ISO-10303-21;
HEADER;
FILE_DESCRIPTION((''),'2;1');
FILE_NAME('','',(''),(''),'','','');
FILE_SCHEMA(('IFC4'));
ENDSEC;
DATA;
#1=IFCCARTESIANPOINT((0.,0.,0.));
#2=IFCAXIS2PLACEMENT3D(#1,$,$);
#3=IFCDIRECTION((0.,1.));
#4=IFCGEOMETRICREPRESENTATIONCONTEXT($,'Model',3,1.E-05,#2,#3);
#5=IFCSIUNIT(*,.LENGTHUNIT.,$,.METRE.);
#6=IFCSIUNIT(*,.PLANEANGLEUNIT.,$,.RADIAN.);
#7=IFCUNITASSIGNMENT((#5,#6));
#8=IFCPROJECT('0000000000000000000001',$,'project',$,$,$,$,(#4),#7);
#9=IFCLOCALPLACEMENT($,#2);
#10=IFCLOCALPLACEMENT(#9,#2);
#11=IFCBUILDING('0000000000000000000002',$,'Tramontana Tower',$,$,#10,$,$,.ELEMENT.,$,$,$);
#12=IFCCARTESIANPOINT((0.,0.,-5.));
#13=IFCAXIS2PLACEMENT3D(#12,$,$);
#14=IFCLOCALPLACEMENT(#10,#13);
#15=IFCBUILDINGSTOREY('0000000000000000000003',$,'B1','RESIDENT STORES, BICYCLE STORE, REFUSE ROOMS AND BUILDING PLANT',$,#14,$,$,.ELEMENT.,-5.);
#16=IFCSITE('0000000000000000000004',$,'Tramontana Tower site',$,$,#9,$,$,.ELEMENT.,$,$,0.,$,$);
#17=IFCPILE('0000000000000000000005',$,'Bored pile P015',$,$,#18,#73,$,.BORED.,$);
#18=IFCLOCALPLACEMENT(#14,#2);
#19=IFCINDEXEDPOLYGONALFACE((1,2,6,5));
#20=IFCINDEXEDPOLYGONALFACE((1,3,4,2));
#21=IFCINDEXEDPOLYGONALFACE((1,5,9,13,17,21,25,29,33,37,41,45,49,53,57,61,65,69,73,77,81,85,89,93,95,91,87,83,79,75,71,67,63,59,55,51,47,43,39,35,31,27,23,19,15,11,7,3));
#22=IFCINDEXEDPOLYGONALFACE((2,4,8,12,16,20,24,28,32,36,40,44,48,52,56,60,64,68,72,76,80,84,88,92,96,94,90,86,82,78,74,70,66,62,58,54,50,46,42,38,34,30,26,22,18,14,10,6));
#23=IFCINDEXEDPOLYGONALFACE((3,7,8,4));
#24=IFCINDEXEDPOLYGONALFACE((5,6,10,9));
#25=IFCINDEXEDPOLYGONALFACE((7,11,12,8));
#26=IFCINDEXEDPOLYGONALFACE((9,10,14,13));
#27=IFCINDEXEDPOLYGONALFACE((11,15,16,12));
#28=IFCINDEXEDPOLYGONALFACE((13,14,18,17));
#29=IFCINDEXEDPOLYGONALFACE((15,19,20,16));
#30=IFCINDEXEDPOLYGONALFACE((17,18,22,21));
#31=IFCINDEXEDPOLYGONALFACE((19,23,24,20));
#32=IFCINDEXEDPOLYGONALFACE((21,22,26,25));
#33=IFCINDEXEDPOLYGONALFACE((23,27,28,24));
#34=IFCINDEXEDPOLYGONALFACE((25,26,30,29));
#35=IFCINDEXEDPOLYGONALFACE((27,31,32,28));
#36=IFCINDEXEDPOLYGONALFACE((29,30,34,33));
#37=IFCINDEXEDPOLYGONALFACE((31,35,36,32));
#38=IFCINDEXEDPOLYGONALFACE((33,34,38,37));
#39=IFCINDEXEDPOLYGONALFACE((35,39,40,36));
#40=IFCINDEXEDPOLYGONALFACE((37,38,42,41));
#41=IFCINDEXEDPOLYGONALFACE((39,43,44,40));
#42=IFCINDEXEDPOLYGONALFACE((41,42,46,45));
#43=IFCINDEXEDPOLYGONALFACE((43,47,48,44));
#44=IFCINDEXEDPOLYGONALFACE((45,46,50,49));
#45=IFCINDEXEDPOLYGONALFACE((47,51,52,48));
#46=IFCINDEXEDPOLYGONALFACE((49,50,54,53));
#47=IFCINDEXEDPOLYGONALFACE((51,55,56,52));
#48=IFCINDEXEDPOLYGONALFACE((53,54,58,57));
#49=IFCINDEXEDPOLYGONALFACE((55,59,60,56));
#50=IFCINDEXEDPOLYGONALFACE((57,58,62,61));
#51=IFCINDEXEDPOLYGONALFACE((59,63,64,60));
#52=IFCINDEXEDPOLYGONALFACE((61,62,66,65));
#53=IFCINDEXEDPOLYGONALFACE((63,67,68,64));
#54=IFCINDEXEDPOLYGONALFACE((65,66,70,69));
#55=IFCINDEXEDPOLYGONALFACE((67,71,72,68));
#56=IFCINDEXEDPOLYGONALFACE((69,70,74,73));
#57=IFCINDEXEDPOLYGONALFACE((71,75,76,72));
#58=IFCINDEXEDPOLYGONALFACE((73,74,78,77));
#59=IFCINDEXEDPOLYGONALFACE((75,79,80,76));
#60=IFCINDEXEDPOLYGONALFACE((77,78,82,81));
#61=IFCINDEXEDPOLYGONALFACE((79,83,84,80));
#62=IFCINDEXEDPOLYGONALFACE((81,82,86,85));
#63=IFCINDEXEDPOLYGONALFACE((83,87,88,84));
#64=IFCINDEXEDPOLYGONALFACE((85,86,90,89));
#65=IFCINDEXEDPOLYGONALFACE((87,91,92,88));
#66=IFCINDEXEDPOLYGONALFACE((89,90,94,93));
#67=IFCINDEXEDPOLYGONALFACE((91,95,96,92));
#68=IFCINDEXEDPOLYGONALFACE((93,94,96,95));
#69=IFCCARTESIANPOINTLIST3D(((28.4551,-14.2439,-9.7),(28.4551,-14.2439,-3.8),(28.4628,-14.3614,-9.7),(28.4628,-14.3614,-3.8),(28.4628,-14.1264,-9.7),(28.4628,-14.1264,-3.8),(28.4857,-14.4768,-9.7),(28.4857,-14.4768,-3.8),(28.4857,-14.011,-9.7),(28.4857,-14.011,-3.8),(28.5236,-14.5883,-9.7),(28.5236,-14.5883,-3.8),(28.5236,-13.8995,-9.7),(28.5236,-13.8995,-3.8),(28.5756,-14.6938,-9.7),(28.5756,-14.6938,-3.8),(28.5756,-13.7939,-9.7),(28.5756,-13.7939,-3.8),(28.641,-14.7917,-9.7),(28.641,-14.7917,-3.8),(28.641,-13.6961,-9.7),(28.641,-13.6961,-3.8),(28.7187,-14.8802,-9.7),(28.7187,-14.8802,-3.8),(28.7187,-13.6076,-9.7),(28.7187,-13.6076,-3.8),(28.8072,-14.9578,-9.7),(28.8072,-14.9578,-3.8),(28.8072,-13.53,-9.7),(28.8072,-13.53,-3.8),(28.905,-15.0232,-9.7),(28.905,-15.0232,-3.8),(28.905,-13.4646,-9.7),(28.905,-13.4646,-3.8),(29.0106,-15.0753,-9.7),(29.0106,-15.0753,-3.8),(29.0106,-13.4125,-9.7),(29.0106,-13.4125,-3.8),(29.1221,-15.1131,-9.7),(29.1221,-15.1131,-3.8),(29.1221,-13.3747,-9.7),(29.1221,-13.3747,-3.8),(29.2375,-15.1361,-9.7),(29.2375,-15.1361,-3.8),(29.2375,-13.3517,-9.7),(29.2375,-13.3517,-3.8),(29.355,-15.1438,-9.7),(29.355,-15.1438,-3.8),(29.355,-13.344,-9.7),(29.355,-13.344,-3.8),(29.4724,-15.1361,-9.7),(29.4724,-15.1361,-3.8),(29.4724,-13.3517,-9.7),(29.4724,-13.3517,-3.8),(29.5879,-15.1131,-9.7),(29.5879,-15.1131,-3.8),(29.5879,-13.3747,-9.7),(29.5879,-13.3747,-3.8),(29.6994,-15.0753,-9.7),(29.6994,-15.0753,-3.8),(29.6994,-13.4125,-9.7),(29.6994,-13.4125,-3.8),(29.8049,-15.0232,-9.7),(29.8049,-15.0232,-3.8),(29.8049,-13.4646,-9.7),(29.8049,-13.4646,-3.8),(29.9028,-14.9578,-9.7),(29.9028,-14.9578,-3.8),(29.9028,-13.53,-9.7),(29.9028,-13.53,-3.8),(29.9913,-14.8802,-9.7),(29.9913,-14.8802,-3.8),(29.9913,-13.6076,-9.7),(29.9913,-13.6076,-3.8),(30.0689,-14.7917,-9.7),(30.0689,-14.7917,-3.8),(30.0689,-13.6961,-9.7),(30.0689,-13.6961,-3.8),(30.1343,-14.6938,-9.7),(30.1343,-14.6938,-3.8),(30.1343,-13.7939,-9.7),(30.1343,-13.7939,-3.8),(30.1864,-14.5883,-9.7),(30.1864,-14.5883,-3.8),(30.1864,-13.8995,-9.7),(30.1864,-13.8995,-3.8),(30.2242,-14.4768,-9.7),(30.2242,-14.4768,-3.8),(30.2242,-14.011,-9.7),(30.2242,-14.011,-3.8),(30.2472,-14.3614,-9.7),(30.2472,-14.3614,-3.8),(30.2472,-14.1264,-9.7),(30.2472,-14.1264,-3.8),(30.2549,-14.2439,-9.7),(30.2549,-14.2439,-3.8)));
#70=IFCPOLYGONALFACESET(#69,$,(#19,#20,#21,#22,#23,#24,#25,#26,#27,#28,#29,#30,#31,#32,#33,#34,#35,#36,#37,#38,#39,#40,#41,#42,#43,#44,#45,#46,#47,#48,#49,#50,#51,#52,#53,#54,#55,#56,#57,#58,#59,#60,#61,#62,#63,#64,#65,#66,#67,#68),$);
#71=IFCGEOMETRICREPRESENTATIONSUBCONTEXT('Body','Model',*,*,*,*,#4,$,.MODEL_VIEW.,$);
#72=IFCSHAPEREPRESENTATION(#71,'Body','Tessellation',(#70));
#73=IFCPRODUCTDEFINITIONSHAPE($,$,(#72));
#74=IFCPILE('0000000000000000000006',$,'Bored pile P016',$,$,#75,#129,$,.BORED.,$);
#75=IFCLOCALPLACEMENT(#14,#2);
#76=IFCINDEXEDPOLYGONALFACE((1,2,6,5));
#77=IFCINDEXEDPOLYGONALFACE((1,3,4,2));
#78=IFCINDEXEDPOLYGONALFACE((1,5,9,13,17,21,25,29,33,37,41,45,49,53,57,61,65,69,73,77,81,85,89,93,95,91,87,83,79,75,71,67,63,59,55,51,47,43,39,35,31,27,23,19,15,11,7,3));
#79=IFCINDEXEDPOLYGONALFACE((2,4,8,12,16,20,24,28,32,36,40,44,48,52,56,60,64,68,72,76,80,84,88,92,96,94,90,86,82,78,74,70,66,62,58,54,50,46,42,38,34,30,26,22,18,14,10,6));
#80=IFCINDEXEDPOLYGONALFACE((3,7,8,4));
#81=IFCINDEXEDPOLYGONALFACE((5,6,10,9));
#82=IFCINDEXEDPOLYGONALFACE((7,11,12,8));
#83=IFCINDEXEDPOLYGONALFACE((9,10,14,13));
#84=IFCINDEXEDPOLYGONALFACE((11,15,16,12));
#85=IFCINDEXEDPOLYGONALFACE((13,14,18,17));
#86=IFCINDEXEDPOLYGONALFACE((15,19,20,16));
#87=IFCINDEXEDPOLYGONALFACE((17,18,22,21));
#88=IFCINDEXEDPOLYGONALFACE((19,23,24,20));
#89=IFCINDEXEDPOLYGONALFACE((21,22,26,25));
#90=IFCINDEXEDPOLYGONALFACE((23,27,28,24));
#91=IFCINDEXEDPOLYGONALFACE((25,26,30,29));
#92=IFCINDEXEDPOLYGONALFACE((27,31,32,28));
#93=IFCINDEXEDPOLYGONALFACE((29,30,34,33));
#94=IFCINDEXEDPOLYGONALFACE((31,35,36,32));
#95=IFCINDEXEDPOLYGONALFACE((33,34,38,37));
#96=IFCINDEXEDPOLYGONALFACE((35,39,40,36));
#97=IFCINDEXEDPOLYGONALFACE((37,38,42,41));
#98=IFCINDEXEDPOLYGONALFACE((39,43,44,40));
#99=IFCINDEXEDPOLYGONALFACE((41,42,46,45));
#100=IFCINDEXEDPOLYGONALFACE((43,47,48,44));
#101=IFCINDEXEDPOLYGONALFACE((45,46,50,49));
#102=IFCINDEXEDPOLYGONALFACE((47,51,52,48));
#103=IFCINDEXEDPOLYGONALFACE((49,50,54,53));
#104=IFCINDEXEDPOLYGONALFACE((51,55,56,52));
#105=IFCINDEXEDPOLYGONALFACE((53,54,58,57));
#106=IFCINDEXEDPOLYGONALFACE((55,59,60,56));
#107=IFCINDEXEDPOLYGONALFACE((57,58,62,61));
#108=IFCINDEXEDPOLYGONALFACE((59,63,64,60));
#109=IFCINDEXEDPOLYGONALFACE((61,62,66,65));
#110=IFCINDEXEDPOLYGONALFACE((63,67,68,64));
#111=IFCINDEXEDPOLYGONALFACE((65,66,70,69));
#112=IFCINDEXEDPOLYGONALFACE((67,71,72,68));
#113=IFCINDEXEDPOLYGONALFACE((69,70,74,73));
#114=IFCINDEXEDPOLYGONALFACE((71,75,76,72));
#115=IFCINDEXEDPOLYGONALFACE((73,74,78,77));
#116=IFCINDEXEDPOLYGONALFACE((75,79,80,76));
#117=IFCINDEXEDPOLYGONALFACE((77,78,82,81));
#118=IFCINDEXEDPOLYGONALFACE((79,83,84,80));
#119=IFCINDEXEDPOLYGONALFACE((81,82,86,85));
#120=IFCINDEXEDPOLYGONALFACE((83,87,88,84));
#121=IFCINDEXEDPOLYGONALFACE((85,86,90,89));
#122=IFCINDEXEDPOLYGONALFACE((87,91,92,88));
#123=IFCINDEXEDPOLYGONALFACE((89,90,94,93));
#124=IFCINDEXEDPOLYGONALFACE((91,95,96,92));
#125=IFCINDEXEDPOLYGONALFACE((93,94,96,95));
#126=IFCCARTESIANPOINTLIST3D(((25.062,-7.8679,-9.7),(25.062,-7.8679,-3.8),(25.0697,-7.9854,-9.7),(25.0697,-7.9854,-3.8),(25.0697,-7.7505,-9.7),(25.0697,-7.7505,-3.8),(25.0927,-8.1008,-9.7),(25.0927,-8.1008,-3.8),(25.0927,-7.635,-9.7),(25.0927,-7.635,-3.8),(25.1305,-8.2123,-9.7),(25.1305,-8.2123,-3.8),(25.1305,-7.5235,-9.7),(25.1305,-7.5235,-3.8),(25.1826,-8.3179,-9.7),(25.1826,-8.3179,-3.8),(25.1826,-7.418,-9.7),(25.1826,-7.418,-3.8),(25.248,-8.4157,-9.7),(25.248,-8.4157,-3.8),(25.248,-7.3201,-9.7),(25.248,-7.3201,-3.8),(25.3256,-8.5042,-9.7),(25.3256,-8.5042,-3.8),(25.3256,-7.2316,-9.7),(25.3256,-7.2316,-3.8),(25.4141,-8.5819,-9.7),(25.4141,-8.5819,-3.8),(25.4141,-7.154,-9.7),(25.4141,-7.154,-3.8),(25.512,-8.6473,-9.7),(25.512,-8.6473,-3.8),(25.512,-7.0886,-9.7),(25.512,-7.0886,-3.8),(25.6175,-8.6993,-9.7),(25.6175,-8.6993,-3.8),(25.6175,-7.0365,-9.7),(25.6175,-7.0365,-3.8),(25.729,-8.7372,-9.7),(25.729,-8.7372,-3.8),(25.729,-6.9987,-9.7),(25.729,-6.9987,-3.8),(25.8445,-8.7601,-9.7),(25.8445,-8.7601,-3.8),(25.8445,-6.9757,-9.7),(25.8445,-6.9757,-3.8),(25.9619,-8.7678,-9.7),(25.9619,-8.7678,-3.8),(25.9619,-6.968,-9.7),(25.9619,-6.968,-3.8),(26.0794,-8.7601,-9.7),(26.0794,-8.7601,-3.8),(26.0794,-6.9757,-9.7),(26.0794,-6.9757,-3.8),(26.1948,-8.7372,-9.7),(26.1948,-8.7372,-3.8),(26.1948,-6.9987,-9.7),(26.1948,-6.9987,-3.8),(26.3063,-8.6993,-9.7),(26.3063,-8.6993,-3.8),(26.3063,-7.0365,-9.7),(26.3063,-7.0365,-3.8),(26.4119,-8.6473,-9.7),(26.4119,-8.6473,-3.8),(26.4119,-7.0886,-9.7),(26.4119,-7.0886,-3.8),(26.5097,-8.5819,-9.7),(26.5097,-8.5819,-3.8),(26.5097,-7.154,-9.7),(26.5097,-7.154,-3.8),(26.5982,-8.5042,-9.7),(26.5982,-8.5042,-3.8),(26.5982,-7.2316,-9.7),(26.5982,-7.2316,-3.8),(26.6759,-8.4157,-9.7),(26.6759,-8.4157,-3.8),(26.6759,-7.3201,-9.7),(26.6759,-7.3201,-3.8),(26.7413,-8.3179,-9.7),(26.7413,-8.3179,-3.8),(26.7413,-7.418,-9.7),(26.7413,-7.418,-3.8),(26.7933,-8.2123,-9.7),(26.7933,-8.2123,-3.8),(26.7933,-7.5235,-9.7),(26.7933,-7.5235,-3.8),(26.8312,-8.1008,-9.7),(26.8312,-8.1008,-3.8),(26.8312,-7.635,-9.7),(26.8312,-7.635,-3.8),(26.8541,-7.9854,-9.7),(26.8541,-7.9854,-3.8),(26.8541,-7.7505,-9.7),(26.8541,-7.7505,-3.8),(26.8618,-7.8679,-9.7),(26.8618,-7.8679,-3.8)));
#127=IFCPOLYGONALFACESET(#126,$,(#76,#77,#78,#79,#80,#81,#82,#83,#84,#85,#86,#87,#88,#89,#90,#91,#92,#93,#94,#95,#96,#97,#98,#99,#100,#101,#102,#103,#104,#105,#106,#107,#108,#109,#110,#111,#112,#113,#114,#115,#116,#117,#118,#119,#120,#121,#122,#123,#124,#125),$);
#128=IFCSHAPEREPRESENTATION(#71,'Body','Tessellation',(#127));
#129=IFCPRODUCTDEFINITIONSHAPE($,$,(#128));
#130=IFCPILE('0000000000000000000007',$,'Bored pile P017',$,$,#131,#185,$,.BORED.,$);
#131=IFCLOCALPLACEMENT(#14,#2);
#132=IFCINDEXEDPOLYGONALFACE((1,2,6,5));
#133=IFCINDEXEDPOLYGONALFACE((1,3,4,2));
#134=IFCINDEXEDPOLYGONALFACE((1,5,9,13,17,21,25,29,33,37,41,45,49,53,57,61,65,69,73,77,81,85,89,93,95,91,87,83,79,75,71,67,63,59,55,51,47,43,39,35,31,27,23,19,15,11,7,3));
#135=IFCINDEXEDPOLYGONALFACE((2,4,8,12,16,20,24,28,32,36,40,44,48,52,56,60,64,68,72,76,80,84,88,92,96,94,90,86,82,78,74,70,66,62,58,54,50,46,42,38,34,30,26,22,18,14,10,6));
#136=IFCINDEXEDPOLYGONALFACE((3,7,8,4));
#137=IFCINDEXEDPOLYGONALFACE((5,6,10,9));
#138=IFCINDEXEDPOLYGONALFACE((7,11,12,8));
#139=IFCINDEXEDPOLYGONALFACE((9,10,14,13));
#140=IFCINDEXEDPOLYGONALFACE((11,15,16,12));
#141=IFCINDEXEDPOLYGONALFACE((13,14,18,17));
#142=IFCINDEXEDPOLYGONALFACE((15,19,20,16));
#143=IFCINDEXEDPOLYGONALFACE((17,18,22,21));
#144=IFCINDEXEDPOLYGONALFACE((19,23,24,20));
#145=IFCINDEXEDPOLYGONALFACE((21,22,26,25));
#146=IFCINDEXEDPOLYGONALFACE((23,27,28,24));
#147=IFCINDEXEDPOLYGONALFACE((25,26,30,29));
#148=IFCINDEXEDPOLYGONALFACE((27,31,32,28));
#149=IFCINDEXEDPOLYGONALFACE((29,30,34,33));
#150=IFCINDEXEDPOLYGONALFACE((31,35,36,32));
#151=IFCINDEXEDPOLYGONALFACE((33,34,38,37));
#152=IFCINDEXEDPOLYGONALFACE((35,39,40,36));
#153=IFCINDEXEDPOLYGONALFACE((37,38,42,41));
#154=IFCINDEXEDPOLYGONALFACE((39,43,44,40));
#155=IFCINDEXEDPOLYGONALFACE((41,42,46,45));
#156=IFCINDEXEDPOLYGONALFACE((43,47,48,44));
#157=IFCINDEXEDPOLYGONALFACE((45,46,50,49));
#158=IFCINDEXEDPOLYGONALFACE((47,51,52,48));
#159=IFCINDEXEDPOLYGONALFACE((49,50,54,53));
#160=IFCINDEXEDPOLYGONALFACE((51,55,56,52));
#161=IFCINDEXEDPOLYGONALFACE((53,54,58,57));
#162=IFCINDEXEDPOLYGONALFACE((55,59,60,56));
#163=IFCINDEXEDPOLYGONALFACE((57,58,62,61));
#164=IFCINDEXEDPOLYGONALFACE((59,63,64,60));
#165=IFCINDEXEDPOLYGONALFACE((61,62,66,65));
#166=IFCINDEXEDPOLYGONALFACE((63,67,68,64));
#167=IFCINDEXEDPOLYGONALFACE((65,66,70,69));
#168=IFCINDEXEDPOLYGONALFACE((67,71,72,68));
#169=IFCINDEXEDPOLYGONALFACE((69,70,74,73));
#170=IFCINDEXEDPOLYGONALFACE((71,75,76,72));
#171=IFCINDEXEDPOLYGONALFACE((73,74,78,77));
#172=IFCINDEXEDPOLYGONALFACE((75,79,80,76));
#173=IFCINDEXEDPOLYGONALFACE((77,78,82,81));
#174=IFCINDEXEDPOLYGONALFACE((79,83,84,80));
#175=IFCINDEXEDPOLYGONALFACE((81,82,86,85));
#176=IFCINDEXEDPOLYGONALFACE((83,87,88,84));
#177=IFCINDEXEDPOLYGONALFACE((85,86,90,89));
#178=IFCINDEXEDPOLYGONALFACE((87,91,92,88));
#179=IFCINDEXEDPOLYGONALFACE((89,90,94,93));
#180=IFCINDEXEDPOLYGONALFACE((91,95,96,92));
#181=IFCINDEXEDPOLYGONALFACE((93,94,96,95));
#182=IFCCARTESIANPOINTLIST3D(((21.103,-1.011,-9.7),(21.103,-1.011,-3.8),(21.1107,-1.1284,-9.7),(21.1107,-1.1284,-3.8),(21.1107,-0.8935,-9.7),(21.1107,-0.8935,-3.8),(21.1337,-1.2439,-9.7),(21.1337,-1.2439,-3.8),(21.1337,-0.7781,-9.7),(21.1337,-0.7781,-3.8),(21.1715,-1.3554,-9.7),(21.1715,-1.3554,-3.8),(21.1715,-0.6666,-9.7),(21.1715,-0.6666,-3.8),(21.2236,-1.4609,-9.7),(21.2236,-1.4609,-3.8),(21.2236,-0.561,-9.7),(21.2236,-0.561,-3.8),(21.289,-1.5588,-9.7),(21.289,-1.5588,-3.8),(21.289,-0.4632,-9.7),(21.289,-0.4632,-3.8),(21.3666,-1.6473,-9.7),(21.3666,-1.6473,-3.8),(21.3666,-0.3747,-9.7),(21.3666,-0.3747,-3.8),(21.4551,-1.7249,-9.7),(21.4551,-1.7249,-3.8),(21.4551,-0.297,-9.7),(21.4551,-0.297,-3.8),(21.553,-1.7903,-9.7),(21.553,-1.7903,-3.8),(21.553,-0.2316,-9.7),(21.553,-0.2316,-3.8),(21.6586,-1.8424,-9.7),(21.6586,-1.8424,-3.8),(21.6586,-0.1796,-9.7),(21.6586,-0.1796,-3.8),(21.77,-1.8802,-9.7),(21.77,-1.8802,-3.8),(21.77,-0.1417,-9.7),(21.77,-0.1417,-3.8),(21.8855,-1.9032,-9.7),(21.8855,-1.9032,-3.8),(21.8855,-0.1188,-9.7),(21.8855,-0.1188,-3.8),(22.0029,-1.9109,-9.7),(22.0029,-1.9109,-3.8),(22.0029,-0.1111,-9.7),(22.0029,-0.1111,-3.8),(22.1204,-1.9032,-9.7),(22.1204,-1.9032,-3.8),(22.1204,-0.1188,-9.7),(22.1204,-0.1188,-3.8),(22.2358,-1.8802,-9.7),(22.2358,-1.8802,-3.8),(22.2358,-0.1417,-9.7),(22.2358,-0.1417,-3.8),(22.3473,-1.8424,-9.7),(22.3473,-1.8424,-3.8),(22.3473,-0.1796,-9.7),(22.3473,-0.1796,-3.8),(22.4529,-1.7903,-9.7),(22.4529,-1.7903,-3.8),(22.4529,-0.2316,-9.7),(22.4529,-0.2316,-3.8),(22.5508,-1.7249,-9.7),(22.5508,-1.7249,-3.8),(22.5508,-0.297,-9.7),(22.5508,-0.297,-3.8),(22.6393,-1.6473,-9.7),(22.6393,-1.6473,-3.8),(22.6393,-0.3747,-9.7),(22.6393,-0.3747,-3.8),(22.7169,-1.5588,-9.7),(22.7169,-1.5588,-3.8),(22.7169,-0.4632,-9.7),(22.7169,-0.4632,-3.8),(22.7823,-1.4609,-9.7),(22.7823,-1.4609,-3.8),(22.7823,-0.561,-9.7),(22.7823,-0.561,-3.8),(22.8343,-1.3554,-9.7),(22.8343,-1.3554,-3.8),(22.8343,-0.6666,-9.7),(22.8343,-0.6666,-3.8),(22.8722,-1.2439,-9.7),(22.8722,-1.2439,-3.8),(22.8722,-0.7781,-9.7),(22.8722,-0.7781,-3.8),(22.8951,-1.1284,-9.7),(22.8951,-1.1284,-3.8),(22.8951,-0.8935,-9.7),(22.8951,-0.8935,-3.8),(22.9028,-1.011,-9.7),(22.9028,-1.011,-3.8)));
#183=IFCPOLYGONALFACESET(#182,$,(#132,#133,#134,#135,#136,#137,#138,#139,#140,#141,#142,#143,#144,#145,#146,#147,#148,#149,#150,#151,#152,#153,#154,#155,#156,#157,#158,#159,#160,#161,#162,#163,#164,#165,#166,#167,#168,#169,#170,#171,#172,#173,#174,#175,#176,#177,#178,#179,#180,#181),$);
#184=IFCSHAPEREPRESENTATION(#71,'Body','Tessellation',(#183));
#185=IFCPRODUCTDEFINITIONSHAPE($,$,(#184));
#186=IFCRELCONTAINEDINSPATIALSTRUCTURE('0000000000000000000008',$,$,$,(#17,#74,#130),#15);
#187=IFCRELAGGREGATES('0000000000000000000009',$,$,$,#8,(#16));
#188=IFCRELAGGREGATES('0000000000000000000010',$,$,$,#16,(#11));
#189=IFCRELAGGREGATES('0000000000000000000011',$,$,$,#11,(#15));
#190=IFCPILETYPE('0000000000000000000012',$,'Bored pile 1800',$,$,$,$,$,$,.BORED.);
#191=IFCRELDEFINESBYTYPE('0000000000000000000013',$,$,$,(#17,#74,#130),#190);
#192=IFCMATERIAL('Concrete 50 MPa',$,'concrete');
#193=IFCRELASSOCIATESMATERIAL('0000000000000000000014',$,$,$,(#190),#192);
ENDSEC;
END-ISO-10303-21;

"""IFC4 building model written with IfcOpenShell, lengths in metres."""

from ifc_helpers import new_model, si_unit, direction, frame, origin, origin_2d, place, context, subcontext, project, spatial, circle, extrude, material, material_profile, profile_set, type_object, element, save


model = new_model("IFC4")

# Units and contexts
model_context = context("Model", 3, precision=1e-05, world=origin(), true_north=direction((0.0, 1.0)))
body_context = subcontext(model_context, "Body", "Model", "MODEL_VIEW")
ifc_project = project(units=[si_unit("LENGTHUNIT", "METRE"), si_unit("PLANEANGLEUNIT", "RADIAN")], contexts=[model_context])

# Site, building, storey
site_placement = place(None, origin())
site = spatial("IfcSite", under=ifc_project, at=site_placement, Name="Tramontana Tower site", CompositionType="ELEMENT", RefElevation=0.0)
building_placement = place(site_placement, origin())
building = spatial("IfcBuilding", under=site, at=building_placement, Name="Tramontana Tower", CompositionType="ELEMENT")
storey_placement = place(building_placement, frame((0.0, 0.0, -5.0)))
storey = spatial("IfcBuildingStorey", under=building, at=storey_placement, Name="B1", Description="RESIDENT STORES, BICYCLE STORE, REFUSE ROOMS AND BUILDING PLANT", CompositionType="ELEMENT", Elevation=-5.0)

# Piles
ifc_material_1 = material(Name="Concrete 50 MPa", Category="concrete")
ifc_material_profile_1 = material_profile(ifc_material_1, circle(Radius=0.8999, at=origin_2d()), Name="Bored pile 1800")
ifc_profile_set_1 = profile_set([ifc_material_profile_1], Name="Concrete 50 MPa")
pile_type = type_object("IfcPileType", Name="Bored pile 1800", PredefinedType="BORED", material=ifc_profile_set_1)
for number, where, z_axis, x_axis, name in (
    (1, (29.355, -14.2439, -3.8), (0.0, 0.0, -1.0), (1.0, 0.0, 0.0), "Bored pile P015"),
    (2, (25.9619, -7.8679, -3.8), (0.0, 0.0, -1.0), (1.0, 0.0, 0.0), "Bored pile P016"),
    (3, (22.0029, -1.011, -3.8), (0.0, 0.0, -1.0), (1.0, 0.0, 0.0), "Bored pile P017"),
):
    element("IfcPile", number, at=place(storey_placement, frame(where, z_axis=z_axis, x_axis=x_axis)), inside=storey, type_object=pile_type, Name=name, PredefinedType="BORED", context=body_context, shape_type="SweptSolid", body=[
        extrude(circle(Radius=0.8999, at=origin_2d()), origin(), (0.0, 0.0, 1.0), 5.8999),
    ])

save(model, "model.ifc")
